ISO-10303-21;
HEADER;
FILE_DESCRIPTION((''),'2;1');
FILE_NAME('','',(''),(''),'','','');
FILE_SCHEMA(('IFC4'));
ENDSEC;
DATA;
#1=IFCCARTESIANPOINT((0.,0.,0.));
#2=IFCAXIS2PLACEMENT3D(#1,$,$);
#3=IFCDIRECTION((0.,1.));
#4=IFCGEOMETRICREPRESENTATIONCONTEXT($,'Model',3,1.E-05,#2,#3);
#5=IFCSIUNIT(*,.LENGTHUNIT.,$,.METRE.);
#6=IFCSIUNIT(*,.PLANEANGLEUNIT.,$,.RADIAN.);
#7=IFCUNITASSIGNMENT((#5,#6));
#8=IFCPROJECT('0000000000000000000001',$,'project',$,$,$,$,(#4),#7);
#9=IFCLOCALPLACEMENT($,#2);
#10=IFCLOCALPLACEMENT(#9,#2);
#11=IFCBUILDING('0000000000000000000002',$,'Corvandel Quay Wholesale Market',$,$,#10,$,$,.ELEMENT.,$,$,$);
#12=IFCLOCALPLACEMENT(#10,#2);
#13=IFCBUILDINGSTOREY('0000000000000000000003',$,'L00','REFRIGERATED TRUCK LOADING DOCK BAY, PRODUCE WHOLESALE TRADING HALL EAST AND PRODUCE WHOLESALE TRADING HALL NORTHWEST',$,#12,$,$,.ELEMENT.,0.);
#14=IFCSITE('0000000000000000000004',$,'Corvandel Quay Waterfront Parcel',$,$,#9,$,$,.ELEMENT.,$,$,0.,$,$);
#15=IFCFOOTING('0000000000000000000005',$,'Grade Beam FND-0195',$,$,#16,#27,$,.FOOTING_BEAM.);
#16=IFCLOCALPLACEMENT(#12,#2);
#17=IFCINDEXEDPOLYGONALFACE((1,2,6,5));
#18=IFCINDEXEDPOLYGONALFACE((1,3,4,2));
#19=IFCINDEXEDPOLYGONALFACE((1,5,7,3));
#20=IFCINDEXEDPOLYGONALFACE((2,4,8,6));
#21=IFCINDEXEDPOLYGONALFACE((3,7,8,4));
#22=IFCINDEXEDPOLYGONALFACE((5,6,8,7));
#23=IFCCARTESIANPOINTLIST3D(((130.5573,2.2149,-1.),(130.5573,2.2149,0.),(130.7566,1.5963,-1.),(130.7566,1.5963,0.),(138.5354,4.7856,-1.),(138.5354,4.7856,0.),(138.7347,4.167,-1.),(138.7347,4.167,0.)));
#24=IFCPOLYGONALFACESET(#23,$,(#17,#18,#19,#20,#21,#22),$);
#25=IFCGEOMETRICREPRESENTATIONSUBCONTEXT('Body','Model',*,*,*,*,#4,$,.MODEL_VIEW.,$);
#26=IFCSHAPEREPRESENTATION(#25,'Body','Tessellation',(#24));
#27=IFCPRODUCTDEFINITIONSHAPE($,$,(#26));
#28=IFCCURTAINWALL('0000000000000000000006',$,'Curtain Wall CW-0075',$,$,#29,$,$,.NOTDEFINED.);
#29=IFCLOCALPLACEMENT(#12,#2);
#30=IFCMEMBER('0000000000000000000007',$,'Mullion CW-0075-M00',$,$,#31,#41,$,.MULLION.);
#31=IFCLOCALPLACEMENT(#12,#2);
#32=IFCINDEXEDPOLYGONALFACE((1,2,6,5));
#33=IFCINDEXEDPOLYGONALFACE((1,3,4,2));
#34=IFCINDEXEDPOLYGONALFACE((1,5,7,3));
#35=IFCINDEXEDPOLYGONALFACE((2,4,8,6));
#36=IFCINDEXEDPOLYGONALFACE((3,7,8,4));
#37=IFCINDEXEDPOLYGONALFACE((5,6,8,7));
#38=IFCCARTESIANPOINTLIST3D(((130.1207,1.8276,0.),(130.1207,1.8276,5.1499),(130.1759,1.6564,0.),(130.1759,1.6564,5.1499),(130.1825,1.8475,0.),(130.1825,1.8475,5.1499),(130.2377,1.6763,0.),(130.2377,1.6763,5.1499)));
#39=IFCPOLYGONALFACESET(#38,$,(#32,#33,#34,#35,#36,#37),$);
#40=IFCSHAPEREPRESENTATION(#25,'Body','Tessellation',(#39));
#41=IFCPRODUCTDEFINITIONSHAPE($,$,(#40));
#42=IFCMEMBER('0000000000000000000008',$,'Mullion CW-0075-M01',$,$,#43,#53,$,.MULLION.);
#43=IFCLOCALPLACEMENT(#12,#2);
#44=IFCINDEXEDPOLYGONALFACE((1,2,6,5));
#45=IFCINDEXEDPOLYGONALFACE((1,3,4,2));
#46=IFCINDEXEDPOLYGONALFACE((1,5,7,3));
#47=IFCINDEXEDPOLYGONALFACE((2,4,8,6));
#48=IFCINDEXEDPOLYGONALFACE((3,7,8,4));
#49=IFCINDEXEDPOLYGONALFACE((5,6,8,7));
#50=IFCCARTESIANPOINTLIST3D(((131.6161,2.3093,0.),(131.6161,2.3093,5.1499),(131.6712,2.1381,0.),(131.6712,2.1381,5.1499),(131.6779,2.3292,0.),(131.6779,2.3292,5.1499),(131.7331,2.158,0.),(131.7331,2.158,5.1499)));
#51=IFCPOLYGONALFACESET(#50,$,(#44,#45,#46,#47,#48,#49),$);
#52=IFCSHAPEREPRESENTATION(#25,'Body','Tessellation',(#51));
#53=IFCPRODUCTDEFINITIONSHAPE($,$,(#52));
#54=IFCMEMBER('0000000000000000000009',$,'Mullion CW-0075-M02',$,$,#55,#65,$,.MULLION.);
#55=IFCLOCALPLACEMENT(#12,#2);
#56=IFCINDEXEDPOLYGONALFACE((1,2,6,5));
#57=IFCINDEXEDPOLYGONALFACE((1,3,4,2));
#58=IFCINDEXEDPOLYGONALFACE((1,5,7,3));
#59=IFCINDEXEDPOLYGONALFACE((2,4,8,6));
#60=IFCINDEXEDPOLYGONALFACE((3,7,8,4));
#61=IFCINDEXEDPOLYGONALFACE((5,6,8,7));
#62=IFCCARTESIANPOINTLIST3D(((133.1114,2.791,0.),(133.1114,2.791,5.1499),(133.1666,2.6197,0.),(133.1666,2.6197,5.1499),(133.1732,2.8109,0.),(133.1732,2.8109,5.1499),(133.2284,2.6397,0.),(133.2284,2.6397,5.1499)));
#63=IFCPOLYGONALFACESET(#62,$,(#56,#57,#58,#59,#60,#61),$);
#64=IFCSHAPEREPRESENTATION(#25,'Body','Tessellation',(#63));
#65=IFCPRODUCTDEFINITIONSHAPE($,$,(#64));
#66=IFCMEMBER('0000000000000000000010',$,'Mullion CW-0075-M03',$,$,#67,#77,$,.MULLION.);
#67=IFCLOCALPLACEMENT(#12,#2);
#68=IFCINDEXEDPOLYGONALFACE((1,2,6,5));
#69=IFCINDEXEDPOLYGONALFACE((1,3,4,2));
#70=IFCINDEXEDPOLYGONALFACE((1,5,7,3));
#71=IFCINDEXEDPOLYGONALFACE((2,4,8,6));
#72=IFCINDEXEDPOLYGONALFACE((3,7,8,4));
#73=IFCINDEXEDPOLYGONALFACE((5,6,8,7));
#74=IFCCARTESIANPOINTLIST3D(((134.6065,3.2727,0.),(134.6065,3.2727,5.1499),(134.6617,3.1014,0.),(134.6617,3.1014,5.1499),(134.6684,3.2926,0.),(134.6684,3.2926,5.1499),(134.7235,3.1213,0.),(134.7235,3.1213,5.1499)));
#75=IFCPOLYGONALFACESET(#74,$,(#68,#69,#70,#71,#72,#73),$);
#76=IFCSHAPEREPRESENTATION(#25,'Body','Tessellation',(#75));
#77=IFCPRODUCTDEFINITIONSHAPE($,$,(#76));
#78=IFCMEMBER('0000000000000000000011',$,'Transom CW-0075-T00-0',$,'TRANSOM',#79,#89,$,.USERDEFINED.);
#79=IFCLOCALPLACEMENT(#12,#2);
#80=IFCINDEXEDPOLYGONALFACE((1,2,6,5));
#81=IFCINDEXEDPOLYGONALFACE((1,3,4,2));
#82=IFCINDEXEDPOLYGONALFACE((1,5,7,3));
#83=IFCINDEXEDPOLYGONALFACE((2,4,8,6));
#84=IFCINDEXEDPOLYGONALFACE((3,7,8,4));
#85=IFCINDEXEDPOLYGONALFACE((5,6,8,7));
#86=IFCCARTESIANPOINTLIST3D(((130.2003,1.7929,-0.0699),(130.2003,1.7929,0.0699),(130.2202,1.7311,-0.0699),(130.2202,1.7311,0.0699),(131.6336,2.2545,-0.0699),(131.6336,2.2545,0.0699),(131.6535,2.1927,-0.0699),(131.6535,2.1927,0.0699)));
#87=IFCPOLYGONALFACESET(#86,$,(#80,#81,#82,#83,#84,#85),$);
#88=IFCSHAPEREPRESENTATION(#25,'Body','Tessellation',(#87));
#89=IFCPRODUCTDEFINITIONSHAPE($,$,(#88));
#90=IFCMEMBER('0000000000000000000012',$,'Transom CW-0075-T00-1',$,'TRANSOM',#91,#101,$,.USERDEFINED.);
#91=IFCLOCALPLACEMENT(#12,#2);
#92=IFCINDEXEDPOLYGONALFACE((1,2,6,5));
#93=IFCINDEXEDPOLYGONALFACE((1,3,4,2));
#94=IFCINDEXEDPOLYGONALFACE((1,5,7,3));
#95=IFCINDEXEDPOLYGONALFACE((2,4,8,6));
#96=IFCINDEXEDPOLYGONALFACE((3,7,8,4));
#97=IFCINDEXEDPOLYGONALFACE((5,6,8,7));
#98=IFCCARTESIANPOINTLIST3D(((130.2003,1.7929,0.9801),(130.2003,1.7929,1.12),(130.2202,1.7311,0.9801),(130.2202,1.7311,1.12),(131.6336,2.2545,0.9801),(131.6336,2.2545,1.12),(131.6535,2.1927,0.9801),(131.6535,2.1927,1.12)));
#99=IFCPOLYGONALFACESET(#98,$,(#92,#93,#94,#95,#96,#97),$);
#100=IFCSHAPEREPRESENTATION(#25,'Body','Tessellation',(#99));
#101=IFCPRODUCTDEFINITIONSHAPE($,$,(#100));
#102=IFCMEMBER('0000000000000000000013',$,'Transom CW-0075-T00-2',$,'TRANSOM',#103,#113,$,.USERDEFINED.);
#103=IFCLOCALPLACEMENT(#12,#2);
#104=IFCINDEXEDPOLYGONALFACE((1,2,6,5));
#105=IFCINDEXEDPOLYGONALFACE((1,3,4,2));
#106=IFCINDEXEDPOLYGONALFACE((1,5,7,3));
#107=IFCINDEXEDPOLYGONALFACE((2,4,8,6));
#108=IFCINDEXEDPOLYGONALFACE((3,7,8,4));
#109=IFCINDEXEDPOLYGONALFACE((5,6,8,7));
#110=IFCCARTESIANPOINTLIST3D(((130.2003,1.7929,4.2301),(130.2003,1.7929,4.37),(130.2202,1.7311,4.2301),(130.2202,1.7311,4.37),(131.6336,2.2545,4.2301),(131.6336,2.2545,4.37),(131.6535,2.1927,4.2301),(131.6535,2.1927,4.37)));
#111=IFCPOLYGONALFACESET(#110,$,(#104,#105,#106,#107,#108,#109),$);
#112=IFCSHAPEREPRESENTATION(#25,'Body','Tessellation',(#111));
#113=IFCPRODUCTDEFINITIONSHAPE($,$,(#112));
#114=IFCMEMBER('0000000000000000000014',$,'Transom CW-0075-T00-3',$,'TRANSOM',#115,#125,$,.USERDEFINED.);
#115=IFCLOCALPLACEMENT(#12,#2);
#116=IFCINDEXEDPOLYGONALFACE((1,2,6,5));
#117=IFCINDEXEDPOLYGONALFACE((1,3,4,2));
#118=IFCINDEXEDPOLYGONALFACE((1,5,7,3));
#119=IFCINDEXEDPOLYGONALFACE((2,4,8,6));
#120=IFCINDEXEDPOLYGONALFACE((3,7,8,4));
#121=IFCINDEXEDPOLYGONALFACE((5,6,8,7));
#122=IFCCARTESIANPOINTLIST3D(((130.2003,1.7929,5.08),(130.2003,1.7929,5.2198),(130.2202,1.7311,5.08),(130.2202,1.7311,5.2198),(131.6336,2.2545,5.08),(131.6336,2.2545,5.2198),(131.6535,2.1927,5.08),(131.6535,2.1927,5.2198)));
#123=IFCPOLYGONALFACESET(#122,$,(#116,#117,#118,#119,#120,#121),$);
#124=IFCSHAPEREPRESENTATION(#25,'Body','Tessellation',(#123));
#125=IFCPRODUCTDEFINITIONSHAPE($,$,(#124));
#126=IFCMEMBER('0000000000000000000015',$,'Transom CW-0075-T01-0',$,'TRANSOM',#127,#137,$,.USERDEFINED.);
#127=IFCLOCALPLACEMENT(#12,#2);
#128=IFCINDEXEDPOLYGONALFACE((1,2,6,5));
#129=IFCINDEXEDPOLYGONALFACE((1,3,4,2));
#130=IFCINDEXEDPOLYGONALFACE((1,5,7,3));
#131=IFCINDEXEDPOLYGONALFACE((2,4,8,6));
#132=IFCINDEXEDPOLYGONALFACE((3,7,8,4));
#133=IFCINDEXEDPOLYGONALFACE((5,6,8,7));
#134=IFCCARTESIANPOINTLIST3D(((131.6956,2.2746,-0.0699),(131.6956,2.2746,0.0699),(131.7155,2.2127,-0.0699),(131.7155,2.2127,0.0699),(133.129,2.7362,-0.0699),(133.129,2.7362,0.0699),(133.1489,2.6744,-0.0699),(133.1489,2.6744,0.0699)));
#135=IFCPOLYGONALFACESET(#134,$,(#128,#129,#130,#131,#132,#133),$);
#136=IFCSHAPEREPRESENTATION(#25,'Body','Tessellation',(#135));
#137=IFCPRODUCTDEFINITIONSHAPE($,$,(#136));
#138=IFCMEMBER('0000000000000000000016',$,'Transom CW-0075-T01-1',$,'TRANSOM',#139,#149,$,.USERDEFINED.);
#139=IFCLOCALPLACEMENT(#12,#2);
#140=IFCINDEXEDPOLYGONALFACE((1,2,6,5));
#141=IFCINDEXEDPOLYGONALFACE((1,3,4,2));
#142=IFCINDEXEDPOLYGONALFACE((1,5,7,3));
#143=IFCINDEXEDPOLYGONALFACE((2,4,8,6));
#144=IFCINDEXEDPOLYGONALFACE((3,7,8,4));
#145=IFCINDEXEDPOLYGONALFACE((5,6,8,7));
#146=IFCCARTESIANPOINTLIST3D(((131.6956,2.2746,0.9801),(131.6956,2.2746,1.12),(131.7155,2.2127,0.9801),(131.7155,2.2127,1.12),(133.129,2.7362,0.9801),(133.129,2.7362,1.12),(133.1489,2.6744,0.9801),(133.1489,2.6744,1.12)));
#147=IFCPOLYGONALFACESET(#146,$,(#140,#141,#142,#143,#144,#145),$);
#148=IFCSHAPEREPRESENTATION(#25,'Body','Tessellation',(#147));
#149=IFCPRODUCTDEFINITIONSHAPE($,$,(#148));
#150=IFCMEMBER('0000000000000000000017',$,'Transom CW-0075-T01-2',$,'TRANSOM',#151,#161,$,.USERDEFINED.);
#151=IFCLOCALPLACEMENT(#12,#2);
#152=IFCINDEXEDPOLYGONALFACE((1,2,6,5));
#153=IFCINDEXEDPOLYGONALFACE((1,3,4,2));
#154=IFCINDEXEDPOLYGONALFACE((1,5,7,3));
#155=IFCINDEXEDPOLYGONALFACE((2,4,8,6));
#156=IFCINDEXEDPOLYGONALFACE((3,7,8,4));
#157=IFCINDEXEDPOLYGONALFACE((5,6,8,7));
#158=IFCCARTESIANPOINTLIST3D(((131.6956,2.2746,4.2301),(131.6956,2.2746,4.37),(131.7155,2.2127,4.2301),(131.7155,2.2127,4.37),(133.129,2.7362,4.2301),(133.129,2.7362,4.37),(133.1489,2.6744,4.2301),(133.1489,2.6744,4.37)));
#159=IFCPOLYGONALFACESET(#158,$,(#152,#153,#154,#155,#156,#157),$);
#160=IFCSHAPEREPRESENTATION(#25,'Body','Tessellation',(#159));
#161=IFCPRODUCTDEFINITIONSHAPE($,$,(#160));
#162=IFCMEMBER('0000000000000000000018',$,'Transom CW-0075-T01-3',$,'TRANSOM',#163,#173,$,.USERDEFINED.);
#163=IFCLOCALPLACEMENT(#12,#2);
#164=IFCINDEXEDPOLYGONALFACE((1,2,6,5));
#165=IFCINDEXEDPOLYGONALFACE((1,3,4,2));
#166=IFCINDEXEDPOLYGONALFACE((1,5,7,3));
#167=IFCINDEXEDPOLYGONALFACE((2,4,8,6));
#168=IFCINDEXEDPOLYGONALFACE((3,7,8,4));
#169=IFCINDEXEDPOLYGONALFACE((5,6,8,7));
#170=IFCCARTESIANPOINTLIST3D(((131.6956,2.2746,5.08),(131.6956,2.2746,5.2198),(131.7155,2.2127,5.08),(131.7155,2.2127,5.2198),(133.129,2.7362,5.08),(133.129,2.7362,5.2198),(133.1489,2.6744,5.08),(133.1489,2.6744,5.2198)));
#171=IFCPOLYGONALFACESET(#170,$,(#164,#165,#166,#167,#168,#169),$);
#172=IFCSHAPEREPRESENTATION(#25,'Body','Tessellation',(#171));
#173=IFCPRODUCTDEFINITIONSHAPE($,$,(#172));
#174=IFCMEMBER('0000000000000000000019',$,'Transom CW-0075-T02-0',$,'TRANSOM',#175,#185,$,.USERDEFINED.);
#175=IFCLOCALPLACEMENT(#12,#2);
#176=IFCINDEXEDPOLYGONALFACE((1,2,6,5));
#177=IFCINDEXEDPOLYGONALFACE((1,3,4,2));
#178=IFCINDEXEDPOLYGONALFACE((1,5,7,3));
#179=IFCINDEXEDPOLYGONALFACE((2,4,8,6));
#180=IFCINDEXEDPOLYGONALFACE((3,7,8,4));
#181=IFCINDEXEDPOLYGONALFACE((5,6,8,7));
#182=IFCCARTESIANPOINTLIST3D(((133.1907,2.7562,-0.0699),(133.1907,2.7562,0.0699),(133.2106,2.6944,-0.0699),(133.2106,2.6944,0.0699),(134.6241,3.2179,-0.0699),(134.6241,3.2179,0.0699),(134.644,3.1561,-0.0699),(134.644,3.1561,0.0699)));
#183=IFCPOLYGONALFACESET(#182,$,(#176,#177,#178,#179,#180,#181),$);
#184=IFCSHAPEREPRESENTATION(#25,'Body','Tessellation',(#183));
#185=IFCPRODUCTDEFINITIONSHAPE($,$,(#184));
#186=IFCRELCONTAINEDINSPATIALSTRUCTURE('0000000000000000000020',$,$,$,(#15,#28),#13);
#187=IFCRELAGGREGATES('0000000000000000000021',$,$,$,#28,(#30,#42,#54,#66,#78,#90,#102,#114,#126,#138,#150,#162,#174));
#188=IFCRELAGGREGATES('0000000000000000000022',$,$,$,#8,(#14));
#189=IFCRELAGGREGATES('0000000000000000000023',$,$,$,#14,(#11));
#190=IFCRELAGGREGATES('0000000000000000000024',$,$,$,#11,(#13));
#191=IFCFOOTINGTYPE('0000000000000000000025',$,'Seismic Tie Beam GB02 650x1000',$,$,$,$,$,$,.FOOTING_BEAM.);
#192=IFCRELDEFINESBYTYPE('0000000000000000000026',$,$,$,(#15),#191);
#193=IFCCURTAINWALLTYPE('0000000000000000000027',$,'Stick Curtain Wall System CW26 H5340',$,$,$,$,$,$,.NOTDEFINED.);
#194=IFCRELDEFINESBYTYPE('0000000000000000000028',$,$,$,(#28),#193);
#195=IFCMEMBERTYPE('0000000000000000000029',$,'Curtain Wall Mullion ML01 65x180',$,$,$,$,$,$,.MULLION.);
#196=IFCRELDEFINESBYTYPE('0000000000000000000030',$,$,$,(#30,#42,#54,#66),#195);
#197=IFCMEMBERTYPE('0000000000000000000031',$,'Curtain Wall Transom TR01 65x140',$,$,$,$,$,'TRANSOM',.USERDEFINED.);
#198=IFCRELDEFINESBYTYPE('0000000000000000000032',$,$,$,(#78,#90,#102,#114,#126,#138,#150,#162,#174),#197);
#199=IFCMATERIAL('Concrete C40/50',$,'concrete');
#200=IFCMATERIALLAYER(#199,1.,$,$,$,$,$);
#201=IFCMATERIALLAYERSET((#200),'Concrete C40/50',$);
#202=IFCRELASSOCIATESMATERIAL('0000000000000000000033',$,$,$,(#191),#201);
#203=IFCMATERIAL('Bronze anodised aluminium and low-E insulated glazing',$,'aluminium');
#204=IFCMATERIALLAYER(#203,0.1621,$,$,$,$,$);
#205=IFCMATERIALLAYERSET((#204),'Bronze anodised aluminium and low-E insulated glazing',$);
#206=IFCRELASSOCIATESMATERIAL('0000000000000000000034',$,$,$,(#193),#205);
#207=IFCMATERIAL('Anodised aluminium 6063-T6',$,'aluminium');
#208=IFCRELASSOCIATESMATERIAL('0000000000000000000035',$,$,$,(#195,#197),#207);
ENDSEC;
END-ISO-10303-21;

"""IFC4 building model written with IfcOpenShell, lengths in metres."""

from ifc_helpers import new_model, si_unit, direction, frame, origin, origin_2d, place, context, subcontext, project, spatial, rectangle, extrude, material, layer, layer_set, material_profile, profile_set, type_object, element, aggregate, save


model = new_model("IFC4")

# Units and contexts
model_context = context("Model", 3, precision=1e-05, world=origin(), true_north=direction((0.0, 1.0)))
body_context = subcontext(model_context, "Body", "Model", "MODEL_VIEW")
ifc_project = project(units=[si_unit("LENGTHUNIT", "METRE"), si_unit("PLANEANGLEUNIT", "RADIAN")], contexts=[model_context])

# Site, building, storey
site_placement = place(None, origin())
site = spatial("IfcSite", under=ifc_project, at=site_placement, Name="Corvandel Quay Waterfront Parcel", CompositionType="ELEMENT", RefElevation=0.0)
building_placement = place(site_placement, origin())
building = spatial("IfcBuilding", under=site, at=building_placement, Name="Corvandel Quay Wholesale Market", CompositionType="ELEMENT")
storey_placement = place(building_placement, origin())
storey = spatial("IfcBuildingStorey", under=building, at=storey_placement, Name="L00", Description="REFRIGERATED TRUCK LOADING DOCK BAY, PRODUCE WHOLESALE TRADING HALL EAST AND PRODUCE WHOLESALE TRADING HALL NORTHWEST", CompositionType="ELEMENT", Elevation=0.0)

# Footing
ifc_material_1 = material(Name="Concrete C40/50", Category="concrete")
ifc_layer_1 = layer(ifc_material_1, 1.0)
ifc_layer_set_1 = layer_set([ifc_layer_1], Name="Concrete C40/50")
footing_type = type_object("IfcFootingType", Name="Seismic Tie Beam GB02 650x1000", PredefinedType="FOOTING_BEAM", material=ifc_layer_set_1)
footing_placement = place(storey_placement, frame((134.646, 3.1909, -1.0), z_axis=(0.0, 0.0, 1.0), x_axis=(0.951809, 0.306692, 0.0)))
element("IfcFooting", 1, at=footing_placement, inside=storey, type_object=footing_type, Name="Grade Beam FND-0195", PredefinedType="FOOTING_BEAM", context=body_context, shape_type="SweptSolid", body=[
    extrude(rectangle(XDim=8.3821, YDim=0.6499, at=origin_2d()), origin(), (0.0, 0.0, 1.0), 1.0),
])

# Curtain wall, members
ifc_material_2 = material(Name="Bronze anodised aluminium and low-E insulated glazing", Category="aluminium")
ifc_layer_2 = layer(ifc_material_2, 0.1621)
ifc_layer_set_2 = layer_set([ifc_layer_2], Name="Bronze anodised aluminium and low-E insulated glazing")
curtain_wall_type = type_object("IfcCurtainWallType", Name="Stick Curtain Wall System CW26 H5340", PredefinedType="NOTDEFINED", material=ifc_layer_set_2)
curtain_wall_placement = place(storey_placement, origin())
curtain_wall = element("IfcCurtainWall", 2, at=curtain_wall_placement, inside=storey, type_object=curtain_wall_type, Name="Curtain Wall CW-0075", PredefinedType="NOTDEFINED")
ifc_material_3 = material(Name="Anodised aluminium 6063-T6", Category="aluminium")
ifc_material_profile_1 = material_profile(ifc_material_3, rectangle(XDim=0.0649, YDim=0.1799, at=origin_2d()), Name="ALU-MUL-65x180")
ifc_profile_set_1 = profile_set([ifc_material_profile_1], Name="Anodised aluminium 6063-T6")
member_type_1 = type_object("IfcMemberType", Name="Curtain Wall Mullion ML01 65x180", PredefinedType="MULLION", material=ifc_profile_set_1)
member_1_placement = place(storey_placement, frame((130.1792, 1.752, 0.0), z_axis=(0.0, 0.0, 1.0), x_axis=(0.951809, 0.306692, 0.0)))
member_1 = element("IfcMember", 3, at=member_1_placement, type_object=member_type_1, Name="Mullion CW-0075-M00", PredefinedType="MULLION", context=body_context, shape_type="SweptSolid", body=[
    extrude(rectangle(XDim=0.0649, YDim=0.1799, at=origin_2d()), origin(), (0.0, 0.0, 1.0), 5.1499),
])
member_2_placement = place(storey_placement, frame((131.6746, 2.2336, 0.0), z_axis=(0.0, 0.0, 1.0), x_axis=(0.951809, 0.306692, 0.0)))
member_2 = element("IfcMember", 4, at=member_2_placement, type_object=member_type_1, Name="Mullion CW-0075-M01", PredefinedType="MULLION", context=body_context, shape_type="SweptSolid", body=[
    extrude(rectangle(XDim=0.0649, YDim=0.1799, at=origin_2d()), origin(), (0.0, 0.0, 1.0), 5.1499),
])
member_3_placement = place(storey_placement, frame((133.1699, 2.7153, 0.0), z_axis=(0.0, 0.0, 1.0), x_axis=(0.951809, 0.306692, 0.0)))
member_3 = element("IfcMember", 5, at=member_3_placement, type_object=member_type_1, Name="Mullion CW-0075-M02", PredefinedType="MULLION", context=body_context, shape_type="SweptSolid", body=[
    extrude(rectangle(XDim=0.0649, YDim=0.1799, at=origin_2d()), origin(), (0.0, 0.0, 1.0), 5.1499),
])
member_4_placement = place(storey_placement, frame((134.665, 3.197, 0.0), z_axis=(0.0, 0.0, 1.0), x_axis=(0.951809, 0.306692, 0.0)))
member_4 = element("IfcMember", 6, at=member_4_placement, type_object=member_type_1, Name="Mullion CW-0075-M03", PredefinedType="MULLION", context=body_context, shape_type="SweptSolid", body=[
    extrude(rectangle(XDim=0.0649, YDim=0.1799, at=origin_2d()), origin(), (0.0, 0.0, 1.0), 5.1499),
])
ifc_material_profile_2 = material_profile(ifc_material_3, rectangle(XDim=0.0649, YDim=0.1399, at=origin_2d()), Name="ALU-TRN-65x140")
ifc_profile_set_2 = profile_set([ifc_material_profile_2], Name="Anodised aluminium 6063-T6")
member_type_2 = type_object("IfcMemberType", Name="Curtain Wall Transom TR01 65x140", ElementType="TRANSOM", PredefinedType="USERDEFINED", material=ifc_profile_set_2)
member_5_placement = place(storey_placement, frame((130.2102, 1.762, 0.0), z_axis=(0.951845, 0.306581, 0.0), x_axis=(-0.306581, 0.951845, 0.0)))
member_5 = element("IfcMember", 7, at=member_5_placement, type_object=member_type_2, Name="Transom CW-0075-T00-0", ObjectType="TRANSOM", PredefinedType="USERDEFINED", context=body_context, shape_type="SweptSolid", body=[
    extrude(rectangle(XDim=0.0649, YDim=0.1399, at=origin_2d()), origin(), (0.0, 0.0, 1.0), 1.5059),
])
member_6_placement = place(storey_placement, frame((130.2102, 1.762, 1.05), z_axis=(0.951845, 0.306581, 0.0), x_axis=(-0.306581, 0.951845, 0.0)))
member_6 = element("IfcMember", 8, at=member_6_placement, type_object=member_type_2, Name="Transom CW-0075-T00-1", ObjectType="TRANSOM", PredefinedType="USERDEFINED", context=body_context, shape_type="SweptSolid", body=[
    extrude(rectangle(XDim=0.0649, YDim=0.1399, at=origin_2d()), origin(), (0.0, 0.0, 1.0), 1.5059),
])
member_7_placement = place(storey_placement, frame((130.2102, 1.762, 4.3), z_axis=(0.951845, 0.306581, 0.0), x_axis=(-0.306581, 0.951845, 0.0)))
member_7 = element("IfcMember", 9, at=member_7_placement, type_object=member_type_2, Name="Transom CW-0075-T00-2", ObjectType="TRANSOM", PredefinedType="USERDEFINED", context=body_context, shape_type="SweptSolid", body=[
    extrude(rectangle(XDim=0.0649, YDim=0.1399, at=origin_2d()), origin(), (0.0, 0.0, 1.0), 1.5059),
])
member_8_placement = place(storey_placement, frame((130.2102, 1.762, 5.1499), z_axis=(0.951845, 0.306581, 0.0), x_axis=(-0.306581, 0.951845, 0.0)))
member_8 = element("IfcMember", 10, at=member_8_placement, type_object=member_type_2, Name="Transom CW-0075-T00-3", ObjectType="TRANSOM", PredefinedType="USERDEFINED", context=body_context, shape_type="SweptSolid", body=[
    extrude(rectangle(XDim=0.0649, YDim=0.1399, at=origin_2d()), origin(), (0.0, 0.0, 1.0), 1.5059),
])
member_9_placement = place(storey_placement, frame((131.7056, 2.2437, 0.0), z_axis=(0.951845, 0.306581, 0.0), x_axis=(-0.306581, 0.951845, 0.0)))
member_9 = element("IfcMember", 11, at=member_9_placement, type_object=member_type_2, Name="Transom CW-0075-T01-0", ObjectType="TRANSOM", PredefinedType="USERDEFINED", context=body_context, shape_type="SweptSolid", body=[
    extrude(rectangle(XDim=0.0649, YDim=0.1399, at=origin_2d()), origin(), (0.0, 0.0, 1.0), 1.5059),
])
member_10_placement = place(storey_placement, frame((131.7056, 2.2437, 1.05), z_axis=(0.951845, 0.306581, 0.0), x_axis=(-0.306581, 0.951845, 0.0)))
member_10 = element("IfcMember", 12, at=member_10_placement, type_object=member_type_2, Name="Transom CW-0075-T01-1", ObjectType="TRANSOM", PredefinedType="USERDEFINED", context=body_context, shape_type="SweptSolid", body=[
    extrude(rectangle(XDim=0.0649, YDim=0.1399, at=origin_2d()), origin(), (0.0, 0.0, 1.0), 1.5059),
])
member_11_placement = place(storey_placement, frame((131.7056, 2.2437, 4.3), z_axis=(0.951845, 0.306581, 0.0), x_axis=(-0.306581, 0.951845, 0.0)))
member_11 = element("IfcMember", 13, at=member_11_placement, type_object=member_type_2, Name="Transom CW-0075-T01-2", ObjectType="TRANSOM", PredefinedType="USERDEFINED", context=body_context, shape_type="SweptSolid", body=[
    extrude(rectangle(XDim=0.0649, YDim=0.1399, at=origin_2d()), origin(), (0.0, 0.0, 1.0), 1.5059),
])
member_12_placement = place(storey_placement, frame((131.7056, 2.2437, 5.1499), z_axis=(0.951845, 0.306581, 0.0), x_axis=(-0.306581, 0.951845, 0.0)))
member_12 = element("IfcMember", 14, at=member_12_placement, type_object=member_type_2, Name="Transom CW-0075-T01-3", ObjectType="TRANSOM", PredefinedType="USERDEFINED", context=body_context, shape_type="SweptSolid", body=[
    extrude(rectangle(XDim=0.0649, YDim=0.1399, at=origin_2d()), origin(), (0.0, 0.0, 1.0), 1.5059),
])
member_13_placement = place(storey_placement, frame((133.2007, 2.7253, 0.0), z_axis=(0.951845, 0.306581, 0.0), x_axis=(-0.306581, 0.951845, 0.0)))
member_13 = element("IfcMember", 15, at=member_13_placement, type_object=member_type_2, Name="Transom CW-0075-T02-0", ObjectType="TRANSOM", PredefinedType="USERDEFINED", context=body_context, shape_type="SweptSolid", body=[
    extrude(rectangle(XDim=0.0649, YDim=0.1399, at=origin_2d()), origin(), (0.0, 0.0, 1.0), 1.5059),
])
aggregate(curtain_wall, [member_1, member_2, member_3, member_4, member_5, member_6, member_7, member_8, member_9, member_10, member_11, member_12, member_13])

save(model, "model.ifc")
